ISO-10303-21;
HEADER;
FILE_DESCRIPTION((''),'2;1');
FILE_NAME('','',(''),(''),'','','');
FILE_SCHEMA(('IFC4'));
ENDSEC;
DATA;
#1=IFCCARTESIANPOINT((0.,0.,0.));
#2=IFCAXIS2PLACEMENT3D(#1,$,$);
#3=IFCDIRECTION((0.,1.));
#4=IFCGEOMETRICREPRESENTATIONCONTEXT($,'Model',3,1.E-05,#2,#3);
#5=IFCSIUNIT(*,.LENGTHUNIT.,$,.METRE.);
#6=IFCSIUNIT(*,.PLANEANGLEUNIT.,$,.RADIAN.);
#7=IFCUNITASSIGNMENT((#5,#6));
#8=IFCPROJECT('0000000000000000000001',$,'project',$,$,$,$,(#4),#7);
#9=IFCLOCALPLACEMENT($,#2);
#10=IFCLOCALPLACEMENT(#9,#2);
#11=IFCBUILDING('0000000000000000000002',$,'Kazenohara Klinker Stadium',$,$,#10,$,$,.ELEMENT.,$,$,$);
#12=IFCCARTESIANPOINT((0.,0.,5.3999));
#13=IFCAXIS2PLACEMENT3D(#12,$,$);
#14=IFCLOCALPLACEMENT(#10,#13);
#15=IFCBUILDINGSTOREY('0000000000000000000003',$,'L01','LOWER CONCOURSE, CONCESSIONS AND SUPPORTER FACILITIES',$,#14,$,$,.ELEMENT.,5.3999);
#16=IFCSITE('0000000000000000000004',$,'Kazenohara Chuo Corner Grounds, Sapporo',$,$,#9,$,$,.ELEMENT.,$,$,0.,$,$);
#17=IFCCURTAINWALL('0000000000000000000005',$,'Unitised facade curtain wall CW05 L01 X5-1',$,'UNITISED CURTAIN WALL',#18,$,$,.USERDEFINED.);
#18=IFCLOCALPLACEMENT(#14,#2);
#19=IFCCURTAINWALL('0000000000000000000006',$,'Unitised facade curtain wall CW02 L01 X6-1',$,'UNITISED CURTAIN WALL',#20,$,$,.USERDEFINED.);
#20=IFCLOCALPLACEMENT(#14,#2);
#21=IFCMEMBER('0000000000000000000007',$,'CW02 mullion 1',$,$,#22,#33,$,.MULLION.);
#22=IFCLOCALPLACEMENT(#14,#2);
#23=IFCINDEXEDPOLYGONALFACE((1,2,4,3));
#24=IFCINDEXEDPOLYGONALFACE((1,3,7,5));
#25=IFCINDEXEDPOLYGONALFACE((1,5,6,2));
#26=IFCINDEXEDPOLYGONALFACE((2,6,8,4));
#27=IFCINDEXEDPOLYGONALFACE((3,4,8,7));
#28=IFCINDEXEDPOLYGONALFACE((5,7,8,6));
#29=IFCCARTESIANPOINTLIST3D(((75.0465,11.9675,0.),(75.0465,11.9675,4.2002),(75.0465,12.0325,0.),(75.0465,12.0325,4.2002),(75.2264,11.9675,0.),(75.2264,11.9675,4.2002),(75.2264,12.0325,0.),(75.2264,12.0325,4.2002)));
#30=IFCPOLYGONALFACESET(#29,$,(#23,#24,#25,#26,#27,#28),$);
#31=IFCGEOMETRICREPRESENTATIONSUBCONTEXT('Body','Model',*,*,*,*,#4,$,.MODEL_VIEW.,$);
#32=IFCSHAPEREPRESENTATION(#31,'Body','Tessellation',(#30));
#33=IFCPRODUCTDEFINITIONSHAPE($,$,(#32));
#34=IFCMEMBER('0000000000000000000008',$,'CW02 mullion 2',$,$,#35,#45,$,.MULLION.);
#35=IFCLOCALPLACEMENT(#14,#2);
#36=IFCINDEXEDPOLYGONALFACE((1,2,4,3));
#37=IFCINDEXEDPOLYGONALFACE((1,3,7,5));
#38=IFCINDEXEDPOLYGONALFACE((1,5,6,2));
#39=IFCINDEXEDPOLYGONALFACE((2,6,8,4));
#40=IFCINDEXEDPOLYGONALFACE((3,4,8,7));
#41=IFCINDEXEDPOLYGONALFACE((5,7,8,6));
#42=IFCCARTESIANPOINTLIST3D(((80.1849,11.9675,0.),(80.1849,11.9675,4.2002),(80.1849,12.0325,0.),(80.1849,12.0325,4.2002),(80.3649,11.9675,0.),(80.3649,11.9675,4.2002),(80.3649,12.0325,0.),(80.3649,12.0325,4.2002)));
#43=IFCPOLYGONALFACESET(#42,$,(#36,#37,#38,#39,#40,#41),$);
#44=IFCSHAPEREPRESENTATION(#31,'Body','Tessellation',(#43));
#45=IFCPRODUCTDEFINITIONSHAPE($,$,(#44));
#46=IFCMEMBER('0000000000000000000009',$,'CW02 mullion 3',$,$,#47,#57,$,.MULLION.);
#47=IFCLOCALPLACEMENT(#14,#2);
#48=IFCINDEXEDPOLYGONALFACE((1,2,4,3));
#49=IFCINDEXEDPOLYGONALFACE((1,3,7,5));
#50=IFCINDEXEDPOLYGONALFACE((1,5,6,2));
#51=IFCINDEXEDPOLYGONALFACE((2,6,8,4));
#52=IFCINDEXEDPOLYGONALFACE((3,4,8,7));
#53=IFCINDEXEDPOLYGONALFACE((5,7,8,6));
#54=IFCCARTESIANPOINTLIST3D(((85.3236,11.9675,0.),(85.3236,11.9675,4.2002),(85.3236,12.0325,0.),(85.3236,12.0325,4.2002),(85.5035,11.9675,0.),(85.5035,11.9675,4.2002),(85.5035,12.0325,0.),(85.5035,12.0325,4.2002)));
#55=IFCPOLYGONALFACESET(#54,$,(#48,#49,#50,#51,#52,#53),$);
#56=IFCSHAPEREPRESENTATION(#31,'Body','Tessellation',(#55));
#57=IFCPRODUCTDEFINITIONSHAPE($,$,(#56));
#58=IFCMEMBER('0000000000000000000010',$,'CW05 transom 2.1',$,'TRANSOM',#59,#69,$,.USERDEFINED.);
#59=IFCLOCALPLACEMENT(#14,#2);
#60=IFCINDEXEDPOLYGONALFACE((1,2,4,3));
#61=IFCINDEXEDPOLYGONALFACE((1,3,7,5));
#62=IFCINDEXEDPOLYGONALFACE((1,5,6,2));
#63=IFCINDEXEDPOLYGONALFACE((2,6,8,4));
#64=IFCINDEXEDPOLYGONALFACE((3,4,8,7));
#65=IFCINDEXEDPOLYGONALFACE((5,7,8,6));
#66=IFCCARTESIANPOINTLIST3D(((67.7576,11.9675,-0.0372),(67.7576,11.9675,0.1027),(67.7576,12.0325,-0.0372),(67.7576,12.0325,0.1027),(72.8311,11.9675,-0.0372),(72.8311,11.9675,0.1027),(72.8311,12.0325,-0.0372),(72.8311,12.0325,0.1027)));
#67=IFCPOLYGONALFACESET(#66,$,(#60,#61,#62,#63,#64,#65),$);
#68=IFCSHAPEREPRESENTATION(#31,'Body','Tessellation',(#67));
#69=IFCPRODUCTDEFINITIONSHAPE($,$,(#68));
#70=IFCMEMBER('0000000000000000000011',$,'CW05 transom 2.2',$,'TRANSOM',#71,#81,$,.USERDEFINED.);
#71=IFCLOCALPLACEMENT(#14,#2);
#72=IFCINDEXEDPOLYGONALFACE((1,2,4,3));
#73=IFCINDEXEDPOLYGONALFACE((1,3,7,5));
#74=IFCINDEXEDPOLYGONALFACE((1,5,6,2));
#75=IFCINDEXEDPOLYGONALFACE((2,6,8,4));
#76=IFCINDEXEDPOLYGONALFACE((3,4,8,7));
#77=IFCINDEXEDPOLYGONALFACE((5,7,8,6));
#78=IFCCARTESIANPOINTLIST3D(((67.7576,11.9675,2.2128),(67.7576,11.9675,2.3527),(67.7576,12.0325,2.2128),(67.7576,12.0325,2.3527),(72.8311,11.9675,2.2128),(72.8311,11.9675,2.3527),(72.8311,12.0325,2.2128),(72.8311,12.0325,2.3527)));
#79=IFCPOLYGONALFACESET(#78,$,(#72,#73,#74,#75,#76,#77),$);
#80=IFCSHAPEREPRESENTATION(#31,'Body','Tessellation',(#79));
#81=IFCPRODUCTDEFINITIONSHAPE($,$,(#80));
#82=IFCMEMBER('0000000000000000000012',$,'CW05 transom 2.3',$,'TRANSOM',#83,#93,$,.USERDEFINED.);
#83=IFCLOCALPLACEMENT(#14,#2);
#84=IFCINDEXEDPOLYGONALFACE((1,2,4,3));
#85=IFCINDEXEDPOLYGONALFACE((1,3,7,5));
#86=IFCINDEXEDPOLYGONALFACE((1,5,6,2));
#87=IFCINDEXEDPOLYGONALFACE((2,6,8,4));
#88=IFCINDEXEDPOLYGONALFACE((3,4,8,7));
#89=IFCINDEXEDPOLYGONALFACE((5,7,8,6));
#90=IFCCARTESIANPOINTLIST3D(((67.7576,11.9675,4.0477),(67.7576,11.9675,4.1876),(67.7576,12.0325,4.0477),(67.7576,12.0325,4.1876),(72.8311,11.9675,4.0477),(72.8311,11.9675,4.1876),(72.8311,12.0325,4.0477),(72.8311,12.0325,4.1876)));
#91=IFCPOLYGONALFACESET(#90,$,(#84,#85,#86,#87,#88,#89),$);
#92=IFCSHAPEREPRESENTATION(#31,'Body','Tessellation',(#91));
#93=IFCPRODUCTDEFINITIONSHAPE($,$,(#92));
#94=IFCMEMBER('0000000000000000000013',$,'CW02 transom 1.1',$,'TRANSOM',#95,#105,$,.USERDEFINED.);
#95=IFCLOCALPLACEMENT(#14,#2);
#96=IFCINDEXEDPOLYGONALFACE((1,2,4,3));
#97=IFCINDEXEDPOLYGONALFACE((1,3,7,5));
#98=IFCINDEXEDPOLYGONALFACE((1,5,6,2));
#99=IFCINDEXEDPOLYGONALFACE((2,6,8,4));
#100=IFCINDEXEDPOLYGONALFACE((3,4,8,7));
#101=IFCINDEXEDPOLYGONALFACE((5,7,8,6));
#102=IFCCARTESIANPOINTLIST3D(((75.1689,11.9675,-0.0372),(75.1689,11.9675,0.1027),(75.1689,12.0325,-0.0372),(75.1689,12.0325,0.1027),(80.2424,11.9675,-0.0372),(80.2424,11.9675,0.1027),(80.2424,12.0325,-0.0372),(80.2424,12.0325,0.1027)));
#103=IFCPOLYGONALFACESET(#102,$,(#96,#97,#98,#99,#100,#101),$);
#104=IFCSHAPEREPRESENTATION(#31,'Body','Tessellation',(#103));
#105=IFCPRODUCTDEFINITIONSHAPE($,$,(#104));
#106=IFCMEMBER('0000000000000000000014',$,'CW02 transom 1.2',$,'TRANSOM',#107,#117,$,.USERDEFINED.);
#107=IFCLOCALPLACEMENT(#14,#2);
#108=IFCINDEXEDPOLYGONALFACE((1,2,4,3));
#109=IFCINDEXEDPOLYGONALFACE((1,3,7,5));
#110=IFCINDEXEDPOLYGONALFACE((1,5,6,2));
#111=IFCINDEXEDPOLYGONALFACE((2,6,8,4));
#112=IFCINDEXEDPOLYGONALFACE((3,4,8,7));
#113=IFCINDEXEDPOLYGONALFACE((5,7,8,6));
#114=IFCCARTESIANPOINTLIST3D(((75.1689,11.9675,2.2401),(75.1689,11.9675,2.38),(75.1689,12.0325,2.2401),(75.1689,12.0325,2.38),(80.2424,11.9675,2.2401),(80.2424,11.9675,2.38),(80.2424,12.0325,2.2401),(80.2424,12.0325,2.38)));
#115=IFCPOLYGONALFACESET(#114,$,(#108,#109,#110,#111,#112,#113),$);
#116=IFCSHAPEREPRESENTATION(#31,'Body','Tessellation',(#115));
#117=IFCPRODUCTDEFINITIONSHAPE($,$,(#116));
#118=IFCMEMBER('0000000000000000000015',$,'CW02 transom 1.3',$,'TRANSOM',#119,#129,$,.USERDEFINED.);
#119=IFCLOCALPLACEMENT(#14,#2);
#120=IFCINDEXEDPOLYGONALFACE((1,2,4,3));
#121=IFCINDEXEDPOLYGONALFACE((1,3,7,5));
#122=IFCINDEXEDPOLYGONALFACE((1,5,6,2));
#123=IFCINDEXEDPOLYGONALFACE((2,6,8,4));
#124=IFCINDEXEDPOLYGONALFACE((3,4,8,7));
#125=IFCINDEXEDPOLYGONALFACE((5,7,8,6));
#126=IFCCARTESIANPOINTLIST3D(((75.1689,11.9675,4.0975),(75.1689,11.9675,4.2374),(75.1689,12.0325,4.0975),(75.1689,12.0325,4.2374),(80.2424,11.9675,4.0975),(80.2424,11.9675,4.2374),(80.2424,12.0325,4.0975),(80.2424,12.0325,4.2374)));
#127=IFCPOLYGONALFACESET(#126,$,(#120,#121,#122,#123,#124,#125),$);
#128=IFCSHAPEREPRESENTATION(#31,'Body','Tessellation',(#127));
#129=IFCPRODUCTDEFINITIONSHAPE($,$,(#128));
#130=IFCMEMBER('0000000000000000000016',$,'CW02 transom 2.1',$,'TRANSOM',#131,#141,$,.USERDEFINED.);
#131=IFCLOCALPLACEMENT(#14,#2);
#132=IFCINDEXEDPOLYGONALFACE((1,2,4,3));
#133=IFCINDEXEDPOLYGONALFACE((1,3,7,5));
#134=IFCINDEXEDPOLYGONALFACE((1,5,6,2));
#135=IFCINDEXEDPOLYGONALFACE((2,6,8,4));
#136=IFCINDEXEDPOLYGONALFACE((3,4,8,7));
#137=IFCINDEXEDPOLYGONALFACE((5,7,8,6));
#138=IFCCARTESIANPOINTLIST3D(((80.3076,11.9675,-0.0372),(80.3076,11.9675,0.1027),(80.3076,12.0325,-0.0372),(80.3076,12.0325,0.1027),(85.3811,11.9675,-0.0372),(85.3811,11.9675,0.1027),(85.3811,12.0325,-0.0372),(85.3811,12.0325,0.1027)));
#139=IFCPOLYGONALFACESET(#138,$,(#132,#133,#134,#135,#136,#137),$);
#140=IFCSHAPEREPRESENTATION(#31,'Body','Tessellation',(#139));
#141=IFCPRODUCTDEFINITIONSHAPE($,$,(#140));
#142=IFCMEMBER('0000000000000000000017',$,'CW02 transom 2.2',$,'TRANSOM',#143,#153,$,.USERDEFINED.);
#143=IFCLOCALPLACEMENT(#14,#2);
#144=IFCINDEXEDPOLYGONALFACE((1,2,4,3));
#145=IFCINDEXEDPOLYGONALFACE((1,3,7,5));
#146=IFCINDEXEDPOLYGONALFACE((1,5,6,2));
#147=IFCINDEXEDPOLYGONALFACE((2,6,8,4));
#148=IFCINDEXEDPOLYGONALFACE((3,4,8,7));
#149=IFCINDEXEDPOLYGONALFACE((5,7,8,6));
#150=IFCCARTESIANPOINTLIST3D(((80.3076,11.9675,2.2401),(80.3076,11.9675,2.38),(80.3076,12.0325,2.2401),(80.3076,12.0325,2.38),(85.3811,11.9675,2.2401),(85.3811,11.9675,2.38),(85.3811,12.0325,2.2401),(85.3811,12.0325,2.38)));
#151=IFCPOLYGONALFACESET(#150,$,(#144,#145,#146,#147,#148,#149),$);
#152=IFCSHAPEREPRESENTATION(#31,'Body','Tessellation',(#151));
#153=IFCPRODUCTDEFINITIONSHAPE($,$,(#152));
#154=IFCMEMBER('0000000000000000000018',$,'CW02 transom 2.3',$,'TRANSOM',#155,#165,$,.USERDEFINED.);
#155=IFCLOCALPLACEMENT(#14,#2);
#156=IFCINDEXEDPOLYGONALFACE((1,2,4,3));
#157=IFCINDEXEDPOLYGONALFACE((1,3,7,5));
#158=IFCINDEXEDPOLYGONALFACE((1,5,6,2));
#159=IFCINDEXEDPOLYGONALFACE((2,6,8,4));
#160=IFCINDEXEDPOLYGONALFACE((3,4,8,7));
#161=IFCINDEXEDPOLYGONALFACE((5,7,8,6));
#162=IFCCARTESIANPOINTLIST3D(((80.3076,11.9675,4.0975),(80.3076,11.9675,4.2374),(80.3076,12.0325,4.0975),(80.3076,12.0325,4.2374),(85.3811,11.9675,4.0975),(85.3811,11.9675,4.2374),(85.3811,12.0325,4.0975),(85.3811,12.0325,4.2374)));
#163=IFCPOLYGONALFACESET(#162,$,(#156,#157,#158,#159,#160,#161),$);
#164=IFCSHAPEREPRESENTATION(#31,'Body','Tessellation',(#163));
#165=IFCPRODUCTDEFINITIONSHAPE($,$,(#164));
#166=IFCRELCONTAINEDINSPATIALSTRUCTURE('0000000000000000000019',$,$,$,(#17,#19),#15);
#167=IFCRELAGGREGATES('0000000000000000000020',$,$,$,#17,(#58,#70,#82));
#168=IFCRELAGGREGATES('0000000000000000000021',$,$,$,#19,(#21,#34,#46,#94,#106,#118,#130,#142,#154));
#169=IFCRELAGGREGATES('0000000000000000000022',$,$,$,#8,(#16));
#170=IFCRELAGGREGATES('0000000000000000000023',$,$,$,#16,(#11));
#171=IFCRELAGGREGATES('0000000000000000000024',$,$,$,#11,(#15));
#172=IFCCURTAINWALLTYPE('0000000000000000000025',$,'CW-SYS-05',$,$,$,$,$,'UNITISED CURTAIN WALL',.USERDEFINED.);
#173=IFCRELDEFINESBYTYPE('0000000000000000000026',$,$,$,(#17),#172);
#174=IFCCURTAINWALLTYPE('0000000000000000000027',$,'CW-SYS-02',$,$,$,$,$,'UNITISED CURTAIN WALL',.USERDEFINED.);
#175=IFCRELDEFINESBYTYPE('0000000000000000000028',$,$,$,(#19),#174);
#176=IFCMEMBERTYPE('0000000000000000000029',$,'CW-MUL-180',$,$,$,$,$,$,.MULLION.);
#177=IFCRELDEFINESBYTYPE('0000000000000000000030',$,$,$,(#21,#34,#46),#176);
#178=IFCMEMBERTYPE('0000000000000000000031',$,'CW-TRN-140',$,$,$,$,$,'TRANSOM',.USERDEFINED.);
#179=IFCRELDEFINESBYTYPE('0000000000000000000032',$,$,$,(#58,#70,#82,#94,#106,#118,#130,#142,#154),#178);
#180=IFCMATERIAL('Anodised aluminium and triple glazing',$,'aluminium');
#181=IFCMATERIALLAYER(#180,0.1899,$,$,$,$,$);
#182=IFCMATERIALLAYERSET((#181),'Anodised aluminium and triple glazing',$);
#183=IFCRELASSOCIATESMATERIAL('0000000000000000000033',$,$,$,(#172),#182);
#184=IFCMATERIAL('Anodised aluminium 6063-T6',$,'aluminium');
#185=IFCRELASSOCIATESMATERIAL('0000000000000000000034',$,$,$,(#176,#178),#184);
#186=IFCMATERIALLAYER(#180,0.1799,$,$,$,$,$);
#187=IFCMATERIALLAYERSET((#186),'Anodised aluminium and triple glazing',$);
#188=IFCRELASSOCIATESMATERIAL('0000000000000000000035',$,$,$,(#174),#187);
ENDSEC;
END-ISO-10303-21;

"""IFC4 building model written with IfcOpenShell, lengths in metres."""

from ifc_helpers import new_model, si_unit, direction, frame, origin, origin_2d, place, context, subcontext, project, spatial, rectangle, extrude, material, layer, layer_set, material_profile, profile_set, type_object, element, aggregate, save


model = new_model("IFC4")

# Units and contexts
model_context = context("Model", 3, precision=1e-05, world=origin(), true_north=direction((0.0, 1.0)))
body_context = subcontext(model_context, "Body", "Model", "MODEL_VIEW")
ifc_project = project(units=[si_unit("LENGTHUNIT", "METRE"), si_unit("PLANEANGLEUNIT", "RADIAN")], contexts=[model_context])

# Site, building, storey
site_placement = place(None, origin())
site = spatial("IfcSite", under=ifc_project, at=site_placement, Name="Kazenohara Chuo Corner Grounds, Sapporo", CompositionType="ELEMENT", RefElevation=0.0)
building_placement = place(site_placement, origin())
building = spatial("IfcBuilding", under=site, at=building_placement, Name="Kazenohara Klinker Stadium", CompositionType="ELEMENT")
storey_placement = place(building_placement, frame((0.0, 0.0, 5.3999)))
storey = spatial("IfcBuildingStorey", under=building, at=storey_placement, Name="L01", Description="LOWER CONCOURSE, CONCESSIONS AND SUPPORTER FACILITIES", CompositionType="ELEMENT", Elevation=5.3999)

# Curtain wall
ifc_material_1 = material(Name="Anodised aluminium and triple glazing", Category="aluminium")
ifc_layer_1 = layer(ifc_material_1, 0.1899)
ifc_layer_set_1 = layer_set([ifc_layer_1], Name="Anodised aluminium and triple glazing")
curtain_wall_type_1 = type_object("IfcCurtainWallType", Name="CW-SYS-05", ElementType="UNITISED CURTAIN WALL", PredefinedType="USERDEFINED", material=ifc_layer_set_1)
curtain_wall_1_placement = place(storey_placement, origin())
curtain_wall_1 = element("IfcCurtainWall", 1, at=curtain_wall_1_placement, inside=storey, type_object=curtain_wall_type_1, Name="Unitised facade curtain wall CW05 L01 X5-1", ObjectType="UNITISED CURTAIN WALL", PredefinedType="USERDEFINED")
ifc_material_2 = material(Name="Anodised aluminium 6063-T6", Category="aluminium")
ifc_material_profile_1 = material_profile(ifc_material_2, rectangle(XDim=0.0649, YDim=0.1799, at=origin_2d()), Name="ALU-MUL-65x180")
ifc_profile_set_1 = profile_set([ifc_material_profile_1], Name="Anodised aluminium 6063-T6")
member_type_1 = type_object("IfcMemberType", Name="CW-MUL-180", PredefinedType="MULLION", material=ifc_profile_set_1)

# Curtain wall, members
ifc_layer_2 = layer(ifc_material_1, 0.1799)
ifc_layer_set_2 = layer_set([ifc_layer_2], Name="Anodised aluminium and triple glazing")
curtain_wall_type_2 = type_object("IfcCurtainWallType", Name="CW-SYS-02", ElementType="UNITISED CURTAIN WALL", PredefinedType="USERDEFINED", material=ifc_layer_set_2)
curtain_wall_2_placement = place(storey_placement, origin())
curtain_wall_2 = element("IfcCurtainWall", 2, at=curtain_wall_2_placement, inside=storey, type_object=curtain_wall_type_2, Name="Unitised facade curtain wall CW02 L01 X6-1", ObjectType="UNITISED CURTAIN WALL", PredefinedType="USERDEFINED")
member_1_placement = place(storey_placement, frame((75.1365, 12.0, 0.0), z_axis=(0.0, 0.0, 1.0), x_axis=(0.0, 1.0, 0.0)))
member_1 = element("IfcMember", 3, at=member_1_placement, type_object=member_type_1, Name="CW02 mullion 1", PredefinedType="MULLION", context=body_context, shape_type="SweptSolid", body=[
    extrude(rectangle(XDim=0.0649, YDim=0.1799, at=origin_2d()), origin(), (0.0, 0.0, 1.0), 4.2002),
])
member_2_placement = place(storey_placement, frame((80.2749, 12.0, 0.0), z_axis=(0.0, 0.0, 1.0), x_axis=(0.0, 1.0, 0.0)))
member_2 = element("IfcMember", 4, at=member_2_placement, type_object=member_type_1, Name="CW02 mullion 2", PredefinedType="MULLION", context=body_context, shape_type="SweptSolid", body=[
    extrude(rectangle(XDim=0.0649, YDim=0.1799, at=origin_2d()), origin(), (0.0, 0.0, 1.0), 4.2002),
])
member_3_placement = place(storey_placement, frame((85.4136, 12.0, 0.0), z_axis=(0.0, 0.0, 1.0), x_axis=(0.0, 1.0, 0.0)))
member_3 = element("IfcMember", 5, at=member_3_placement, type_object=member_type_1, Name="CW02 mullion 3", PredefinedType="MULLION", context=body_context, shape_type="SweptSolid", body=[
    extrude(rectangle(XDim=0.0649, YDim=0.1799, at=origin_2d()), origin(), (0.0, 0.0, 1.0), 4.2002),
])

# Members
ifc_material_profile_2 = material_profile(ifc_material_2, rectangle(XDim=0.0649, YDim=0.1399, at=origin_2d()), Name="ALU-TRN-65x140")
ifc_profile_set_2 = profile_set([ifc_material_profile_2], Name="Anodised aluminium 6063-T6")
member_type_2 = type_object("IfcMemberType", Name="CW-TRN-140", ElementType="TRANSOM", PredefinedType="USERDEFINED", material=ifc_profile_set_2)
member_4_placement = place(storey_placement, frame((67.7576, 12.0, 0.0327), z_axis=(1.0, 0.0, 0.0), x_axis=(0.0, 1.0, 0.0)))
member_4 = element("IfcMember", 6, at=member_4_placement, type_object=member_type_2, Name="CW05 transom 2.1", ObjectType="TRANSOM", PredefinedType="USERDEFINED", context=body_context, shape_type="SweptSolid", body=[
    extrude(rectangle(XDim=0.0649, YDim=0.1399, at=origin_2d()), origin(), (0.0, 0.0, 1.0), 5.0735),
])
member_5_placement = place(storey_placement, frame((67.7576, 12.0, 2.2827), z_axis=(1.0, 0.0, 0.0), x_axis=(0.0, 1.0, 0.0)))
member_5 = element("IfcMember", 7, at=member_5_placement, type_object=member_type_2, Name="CW05 transom 2.2", ObjectType="TRANSOM", PredefinedType="USERDEFINED", context=body_context, shape_type="SweptSolid", body=[
    extrude(rectangle(XDim=0.0649, YDim=0.1399, at=origin_2d()), origin(), (0.0, 0.0, 1.0), 5.0735),
])
member_6_placement = place(storey_placement, frame((67.7576, 12.0, 4.1177), z_axis=(1.0, 0.0, 0.0), x_axis=(0.0, 1.0, 0.0)))
member_6 = element("IfcMember", 8, at=member_6_placement, type_object=member_type_2, Name="CW05 transom 2.3", ObjectType="TRANSOM", PredefinedType="USERDEFINED", context=body_context, shape_type="SweptSolid", body=[
    extrude(rectangle(XDim=0.0649, YDim=0.1399, at=origin_2d()), origin(), (0.0, 0.0, 1.0), 5.0735),
])
member_7_placement = place(storey_placement, frame((75.1689, 12.0, 0.0327), z_axis=(1.0, 0.0, 0.0), x_axis=(0.0, 1.0, 0.0)))
member_7 = element("IfcMember", 9, at=member_7_placement, type_object=member_type_2, Name="CW02 transom 1.1", ObjectType="TRANSOM", PredefinedType="USERDEFINED", context=body_context, shape_type="SweptSolid", body=[
    extrude(rectangle(XDim=0.0649, YDim=0.1399, at=origin_2d()), origin(), (0.0, 0.0, 1.0), 5.0735),
])
member_8_placement = place(storey_placement, frame((75.1689, 12.0, 2.3101), z_axis=(1.0, 0.0, 0.0), x_axis=(0.0, 1.0, 0.0)))
member_8 = element("IfcMember", 10, at=member_8_placement, type_object=member_type_2, Name="CW02 transom 1.2", ObjectType="TRANSOM", PredefinedType="USERDEFINED", context=body_context, shape_type="SweptSolid", body=[
    extrude(rectangle(XDim=0.0649, YDim=0.1399, at=origin_2d()), origin(), (0.0, 0.0, 1.0), 5.0735),
])
member_9_placement = place(storey_placement, frame((75.1689, 12.0, 4.1675), z_axis=(1.0, 0.0, 0.0), x_axis=(0.0, 1.0, 0.0)))
member_9 = element("IfcMember", 11, at=member_9_placement, type_object=member_type_2, Name="CW02 transom 1.3", ObjectType="TRANSOM", PredefinedType="USERDEFINED", context=body_context, shape_type="SweptSolid", body=[
    extrude(rectangle(XDim=0.0649, YDim=0.1399, at=origin_2d()), origin(), (0.0, 0.0, 1.0), 5.0735),
])
member_10_placement = place(storey_placement, frame((80.3076, 12.0, 0.0327), z_axis=(1.0, 0.0, 0.0), x_axis=(0.0, 1.0, 0.0)))
member_10 = element("IfcMember", 12, at=member_10_placement, type_object=member_type_2, Name="CW02 transom 2.1", ObjectType="TRANSOM", PredefinedType="USERDEFINED", context=body_context, shape_type="SweptSolid", body=[
    extrude(rectangle(XDim=0.0649, YDim=0.1399, at=origin_2d()), origin(), (0.0, 0.0, 1.0), 5.0735),
])
member_11_placement = place(storey_placement, frame((80.3076, 12.0, 2.3101), z_axis=(1.0, 0.0, 0.0), x_axis=(0.0, 1.0, 0.0)))
member_11 = element("IfcMember", 13, at=member_11_placement, type_object=member_type_2, Name="CW02 transom 2.2", ObjectType="TRANSOM", PredefinedType="USERDEFINED", context=body_context, shape_type="SweptSolid", body=[
    extrude(rectangle(XDim=0.0649, YDim=0.1399, at=origin_2d()), origin(), (0.0, 0.0, 1.0), 5.0735),
])
member_12_placement = place(storey_placement, frame((80.3076, 12.0, 4.1675), z_axis=(1.0, 0.0, 0.0), x_axis=(0.0, 1.0, 0.0)))
member_12 = element("IfcMember", 14, at=member_12_placement, type_object=member_type_2, Name="CW02 transom 2.3", ObjectType="TRANSOM", PredefinedType="USERDEFINED", context=body_context, shape_type="SweptSolid", body=[
    extrude(rectangle(XDim=0.0649, YDim=0.1399, at=origin_2d()), origin(), (0.0, 0.0, 1.0), 5.0735),
])

aggregate(curtain_wall_1, [member_4, member_5, member_6])
aggregate(curtain_wall_2, [member_1, member_2, member_3, member_7, member_8, member_9, member_10, member_11, member_12])

save(model, "model.ifc")
